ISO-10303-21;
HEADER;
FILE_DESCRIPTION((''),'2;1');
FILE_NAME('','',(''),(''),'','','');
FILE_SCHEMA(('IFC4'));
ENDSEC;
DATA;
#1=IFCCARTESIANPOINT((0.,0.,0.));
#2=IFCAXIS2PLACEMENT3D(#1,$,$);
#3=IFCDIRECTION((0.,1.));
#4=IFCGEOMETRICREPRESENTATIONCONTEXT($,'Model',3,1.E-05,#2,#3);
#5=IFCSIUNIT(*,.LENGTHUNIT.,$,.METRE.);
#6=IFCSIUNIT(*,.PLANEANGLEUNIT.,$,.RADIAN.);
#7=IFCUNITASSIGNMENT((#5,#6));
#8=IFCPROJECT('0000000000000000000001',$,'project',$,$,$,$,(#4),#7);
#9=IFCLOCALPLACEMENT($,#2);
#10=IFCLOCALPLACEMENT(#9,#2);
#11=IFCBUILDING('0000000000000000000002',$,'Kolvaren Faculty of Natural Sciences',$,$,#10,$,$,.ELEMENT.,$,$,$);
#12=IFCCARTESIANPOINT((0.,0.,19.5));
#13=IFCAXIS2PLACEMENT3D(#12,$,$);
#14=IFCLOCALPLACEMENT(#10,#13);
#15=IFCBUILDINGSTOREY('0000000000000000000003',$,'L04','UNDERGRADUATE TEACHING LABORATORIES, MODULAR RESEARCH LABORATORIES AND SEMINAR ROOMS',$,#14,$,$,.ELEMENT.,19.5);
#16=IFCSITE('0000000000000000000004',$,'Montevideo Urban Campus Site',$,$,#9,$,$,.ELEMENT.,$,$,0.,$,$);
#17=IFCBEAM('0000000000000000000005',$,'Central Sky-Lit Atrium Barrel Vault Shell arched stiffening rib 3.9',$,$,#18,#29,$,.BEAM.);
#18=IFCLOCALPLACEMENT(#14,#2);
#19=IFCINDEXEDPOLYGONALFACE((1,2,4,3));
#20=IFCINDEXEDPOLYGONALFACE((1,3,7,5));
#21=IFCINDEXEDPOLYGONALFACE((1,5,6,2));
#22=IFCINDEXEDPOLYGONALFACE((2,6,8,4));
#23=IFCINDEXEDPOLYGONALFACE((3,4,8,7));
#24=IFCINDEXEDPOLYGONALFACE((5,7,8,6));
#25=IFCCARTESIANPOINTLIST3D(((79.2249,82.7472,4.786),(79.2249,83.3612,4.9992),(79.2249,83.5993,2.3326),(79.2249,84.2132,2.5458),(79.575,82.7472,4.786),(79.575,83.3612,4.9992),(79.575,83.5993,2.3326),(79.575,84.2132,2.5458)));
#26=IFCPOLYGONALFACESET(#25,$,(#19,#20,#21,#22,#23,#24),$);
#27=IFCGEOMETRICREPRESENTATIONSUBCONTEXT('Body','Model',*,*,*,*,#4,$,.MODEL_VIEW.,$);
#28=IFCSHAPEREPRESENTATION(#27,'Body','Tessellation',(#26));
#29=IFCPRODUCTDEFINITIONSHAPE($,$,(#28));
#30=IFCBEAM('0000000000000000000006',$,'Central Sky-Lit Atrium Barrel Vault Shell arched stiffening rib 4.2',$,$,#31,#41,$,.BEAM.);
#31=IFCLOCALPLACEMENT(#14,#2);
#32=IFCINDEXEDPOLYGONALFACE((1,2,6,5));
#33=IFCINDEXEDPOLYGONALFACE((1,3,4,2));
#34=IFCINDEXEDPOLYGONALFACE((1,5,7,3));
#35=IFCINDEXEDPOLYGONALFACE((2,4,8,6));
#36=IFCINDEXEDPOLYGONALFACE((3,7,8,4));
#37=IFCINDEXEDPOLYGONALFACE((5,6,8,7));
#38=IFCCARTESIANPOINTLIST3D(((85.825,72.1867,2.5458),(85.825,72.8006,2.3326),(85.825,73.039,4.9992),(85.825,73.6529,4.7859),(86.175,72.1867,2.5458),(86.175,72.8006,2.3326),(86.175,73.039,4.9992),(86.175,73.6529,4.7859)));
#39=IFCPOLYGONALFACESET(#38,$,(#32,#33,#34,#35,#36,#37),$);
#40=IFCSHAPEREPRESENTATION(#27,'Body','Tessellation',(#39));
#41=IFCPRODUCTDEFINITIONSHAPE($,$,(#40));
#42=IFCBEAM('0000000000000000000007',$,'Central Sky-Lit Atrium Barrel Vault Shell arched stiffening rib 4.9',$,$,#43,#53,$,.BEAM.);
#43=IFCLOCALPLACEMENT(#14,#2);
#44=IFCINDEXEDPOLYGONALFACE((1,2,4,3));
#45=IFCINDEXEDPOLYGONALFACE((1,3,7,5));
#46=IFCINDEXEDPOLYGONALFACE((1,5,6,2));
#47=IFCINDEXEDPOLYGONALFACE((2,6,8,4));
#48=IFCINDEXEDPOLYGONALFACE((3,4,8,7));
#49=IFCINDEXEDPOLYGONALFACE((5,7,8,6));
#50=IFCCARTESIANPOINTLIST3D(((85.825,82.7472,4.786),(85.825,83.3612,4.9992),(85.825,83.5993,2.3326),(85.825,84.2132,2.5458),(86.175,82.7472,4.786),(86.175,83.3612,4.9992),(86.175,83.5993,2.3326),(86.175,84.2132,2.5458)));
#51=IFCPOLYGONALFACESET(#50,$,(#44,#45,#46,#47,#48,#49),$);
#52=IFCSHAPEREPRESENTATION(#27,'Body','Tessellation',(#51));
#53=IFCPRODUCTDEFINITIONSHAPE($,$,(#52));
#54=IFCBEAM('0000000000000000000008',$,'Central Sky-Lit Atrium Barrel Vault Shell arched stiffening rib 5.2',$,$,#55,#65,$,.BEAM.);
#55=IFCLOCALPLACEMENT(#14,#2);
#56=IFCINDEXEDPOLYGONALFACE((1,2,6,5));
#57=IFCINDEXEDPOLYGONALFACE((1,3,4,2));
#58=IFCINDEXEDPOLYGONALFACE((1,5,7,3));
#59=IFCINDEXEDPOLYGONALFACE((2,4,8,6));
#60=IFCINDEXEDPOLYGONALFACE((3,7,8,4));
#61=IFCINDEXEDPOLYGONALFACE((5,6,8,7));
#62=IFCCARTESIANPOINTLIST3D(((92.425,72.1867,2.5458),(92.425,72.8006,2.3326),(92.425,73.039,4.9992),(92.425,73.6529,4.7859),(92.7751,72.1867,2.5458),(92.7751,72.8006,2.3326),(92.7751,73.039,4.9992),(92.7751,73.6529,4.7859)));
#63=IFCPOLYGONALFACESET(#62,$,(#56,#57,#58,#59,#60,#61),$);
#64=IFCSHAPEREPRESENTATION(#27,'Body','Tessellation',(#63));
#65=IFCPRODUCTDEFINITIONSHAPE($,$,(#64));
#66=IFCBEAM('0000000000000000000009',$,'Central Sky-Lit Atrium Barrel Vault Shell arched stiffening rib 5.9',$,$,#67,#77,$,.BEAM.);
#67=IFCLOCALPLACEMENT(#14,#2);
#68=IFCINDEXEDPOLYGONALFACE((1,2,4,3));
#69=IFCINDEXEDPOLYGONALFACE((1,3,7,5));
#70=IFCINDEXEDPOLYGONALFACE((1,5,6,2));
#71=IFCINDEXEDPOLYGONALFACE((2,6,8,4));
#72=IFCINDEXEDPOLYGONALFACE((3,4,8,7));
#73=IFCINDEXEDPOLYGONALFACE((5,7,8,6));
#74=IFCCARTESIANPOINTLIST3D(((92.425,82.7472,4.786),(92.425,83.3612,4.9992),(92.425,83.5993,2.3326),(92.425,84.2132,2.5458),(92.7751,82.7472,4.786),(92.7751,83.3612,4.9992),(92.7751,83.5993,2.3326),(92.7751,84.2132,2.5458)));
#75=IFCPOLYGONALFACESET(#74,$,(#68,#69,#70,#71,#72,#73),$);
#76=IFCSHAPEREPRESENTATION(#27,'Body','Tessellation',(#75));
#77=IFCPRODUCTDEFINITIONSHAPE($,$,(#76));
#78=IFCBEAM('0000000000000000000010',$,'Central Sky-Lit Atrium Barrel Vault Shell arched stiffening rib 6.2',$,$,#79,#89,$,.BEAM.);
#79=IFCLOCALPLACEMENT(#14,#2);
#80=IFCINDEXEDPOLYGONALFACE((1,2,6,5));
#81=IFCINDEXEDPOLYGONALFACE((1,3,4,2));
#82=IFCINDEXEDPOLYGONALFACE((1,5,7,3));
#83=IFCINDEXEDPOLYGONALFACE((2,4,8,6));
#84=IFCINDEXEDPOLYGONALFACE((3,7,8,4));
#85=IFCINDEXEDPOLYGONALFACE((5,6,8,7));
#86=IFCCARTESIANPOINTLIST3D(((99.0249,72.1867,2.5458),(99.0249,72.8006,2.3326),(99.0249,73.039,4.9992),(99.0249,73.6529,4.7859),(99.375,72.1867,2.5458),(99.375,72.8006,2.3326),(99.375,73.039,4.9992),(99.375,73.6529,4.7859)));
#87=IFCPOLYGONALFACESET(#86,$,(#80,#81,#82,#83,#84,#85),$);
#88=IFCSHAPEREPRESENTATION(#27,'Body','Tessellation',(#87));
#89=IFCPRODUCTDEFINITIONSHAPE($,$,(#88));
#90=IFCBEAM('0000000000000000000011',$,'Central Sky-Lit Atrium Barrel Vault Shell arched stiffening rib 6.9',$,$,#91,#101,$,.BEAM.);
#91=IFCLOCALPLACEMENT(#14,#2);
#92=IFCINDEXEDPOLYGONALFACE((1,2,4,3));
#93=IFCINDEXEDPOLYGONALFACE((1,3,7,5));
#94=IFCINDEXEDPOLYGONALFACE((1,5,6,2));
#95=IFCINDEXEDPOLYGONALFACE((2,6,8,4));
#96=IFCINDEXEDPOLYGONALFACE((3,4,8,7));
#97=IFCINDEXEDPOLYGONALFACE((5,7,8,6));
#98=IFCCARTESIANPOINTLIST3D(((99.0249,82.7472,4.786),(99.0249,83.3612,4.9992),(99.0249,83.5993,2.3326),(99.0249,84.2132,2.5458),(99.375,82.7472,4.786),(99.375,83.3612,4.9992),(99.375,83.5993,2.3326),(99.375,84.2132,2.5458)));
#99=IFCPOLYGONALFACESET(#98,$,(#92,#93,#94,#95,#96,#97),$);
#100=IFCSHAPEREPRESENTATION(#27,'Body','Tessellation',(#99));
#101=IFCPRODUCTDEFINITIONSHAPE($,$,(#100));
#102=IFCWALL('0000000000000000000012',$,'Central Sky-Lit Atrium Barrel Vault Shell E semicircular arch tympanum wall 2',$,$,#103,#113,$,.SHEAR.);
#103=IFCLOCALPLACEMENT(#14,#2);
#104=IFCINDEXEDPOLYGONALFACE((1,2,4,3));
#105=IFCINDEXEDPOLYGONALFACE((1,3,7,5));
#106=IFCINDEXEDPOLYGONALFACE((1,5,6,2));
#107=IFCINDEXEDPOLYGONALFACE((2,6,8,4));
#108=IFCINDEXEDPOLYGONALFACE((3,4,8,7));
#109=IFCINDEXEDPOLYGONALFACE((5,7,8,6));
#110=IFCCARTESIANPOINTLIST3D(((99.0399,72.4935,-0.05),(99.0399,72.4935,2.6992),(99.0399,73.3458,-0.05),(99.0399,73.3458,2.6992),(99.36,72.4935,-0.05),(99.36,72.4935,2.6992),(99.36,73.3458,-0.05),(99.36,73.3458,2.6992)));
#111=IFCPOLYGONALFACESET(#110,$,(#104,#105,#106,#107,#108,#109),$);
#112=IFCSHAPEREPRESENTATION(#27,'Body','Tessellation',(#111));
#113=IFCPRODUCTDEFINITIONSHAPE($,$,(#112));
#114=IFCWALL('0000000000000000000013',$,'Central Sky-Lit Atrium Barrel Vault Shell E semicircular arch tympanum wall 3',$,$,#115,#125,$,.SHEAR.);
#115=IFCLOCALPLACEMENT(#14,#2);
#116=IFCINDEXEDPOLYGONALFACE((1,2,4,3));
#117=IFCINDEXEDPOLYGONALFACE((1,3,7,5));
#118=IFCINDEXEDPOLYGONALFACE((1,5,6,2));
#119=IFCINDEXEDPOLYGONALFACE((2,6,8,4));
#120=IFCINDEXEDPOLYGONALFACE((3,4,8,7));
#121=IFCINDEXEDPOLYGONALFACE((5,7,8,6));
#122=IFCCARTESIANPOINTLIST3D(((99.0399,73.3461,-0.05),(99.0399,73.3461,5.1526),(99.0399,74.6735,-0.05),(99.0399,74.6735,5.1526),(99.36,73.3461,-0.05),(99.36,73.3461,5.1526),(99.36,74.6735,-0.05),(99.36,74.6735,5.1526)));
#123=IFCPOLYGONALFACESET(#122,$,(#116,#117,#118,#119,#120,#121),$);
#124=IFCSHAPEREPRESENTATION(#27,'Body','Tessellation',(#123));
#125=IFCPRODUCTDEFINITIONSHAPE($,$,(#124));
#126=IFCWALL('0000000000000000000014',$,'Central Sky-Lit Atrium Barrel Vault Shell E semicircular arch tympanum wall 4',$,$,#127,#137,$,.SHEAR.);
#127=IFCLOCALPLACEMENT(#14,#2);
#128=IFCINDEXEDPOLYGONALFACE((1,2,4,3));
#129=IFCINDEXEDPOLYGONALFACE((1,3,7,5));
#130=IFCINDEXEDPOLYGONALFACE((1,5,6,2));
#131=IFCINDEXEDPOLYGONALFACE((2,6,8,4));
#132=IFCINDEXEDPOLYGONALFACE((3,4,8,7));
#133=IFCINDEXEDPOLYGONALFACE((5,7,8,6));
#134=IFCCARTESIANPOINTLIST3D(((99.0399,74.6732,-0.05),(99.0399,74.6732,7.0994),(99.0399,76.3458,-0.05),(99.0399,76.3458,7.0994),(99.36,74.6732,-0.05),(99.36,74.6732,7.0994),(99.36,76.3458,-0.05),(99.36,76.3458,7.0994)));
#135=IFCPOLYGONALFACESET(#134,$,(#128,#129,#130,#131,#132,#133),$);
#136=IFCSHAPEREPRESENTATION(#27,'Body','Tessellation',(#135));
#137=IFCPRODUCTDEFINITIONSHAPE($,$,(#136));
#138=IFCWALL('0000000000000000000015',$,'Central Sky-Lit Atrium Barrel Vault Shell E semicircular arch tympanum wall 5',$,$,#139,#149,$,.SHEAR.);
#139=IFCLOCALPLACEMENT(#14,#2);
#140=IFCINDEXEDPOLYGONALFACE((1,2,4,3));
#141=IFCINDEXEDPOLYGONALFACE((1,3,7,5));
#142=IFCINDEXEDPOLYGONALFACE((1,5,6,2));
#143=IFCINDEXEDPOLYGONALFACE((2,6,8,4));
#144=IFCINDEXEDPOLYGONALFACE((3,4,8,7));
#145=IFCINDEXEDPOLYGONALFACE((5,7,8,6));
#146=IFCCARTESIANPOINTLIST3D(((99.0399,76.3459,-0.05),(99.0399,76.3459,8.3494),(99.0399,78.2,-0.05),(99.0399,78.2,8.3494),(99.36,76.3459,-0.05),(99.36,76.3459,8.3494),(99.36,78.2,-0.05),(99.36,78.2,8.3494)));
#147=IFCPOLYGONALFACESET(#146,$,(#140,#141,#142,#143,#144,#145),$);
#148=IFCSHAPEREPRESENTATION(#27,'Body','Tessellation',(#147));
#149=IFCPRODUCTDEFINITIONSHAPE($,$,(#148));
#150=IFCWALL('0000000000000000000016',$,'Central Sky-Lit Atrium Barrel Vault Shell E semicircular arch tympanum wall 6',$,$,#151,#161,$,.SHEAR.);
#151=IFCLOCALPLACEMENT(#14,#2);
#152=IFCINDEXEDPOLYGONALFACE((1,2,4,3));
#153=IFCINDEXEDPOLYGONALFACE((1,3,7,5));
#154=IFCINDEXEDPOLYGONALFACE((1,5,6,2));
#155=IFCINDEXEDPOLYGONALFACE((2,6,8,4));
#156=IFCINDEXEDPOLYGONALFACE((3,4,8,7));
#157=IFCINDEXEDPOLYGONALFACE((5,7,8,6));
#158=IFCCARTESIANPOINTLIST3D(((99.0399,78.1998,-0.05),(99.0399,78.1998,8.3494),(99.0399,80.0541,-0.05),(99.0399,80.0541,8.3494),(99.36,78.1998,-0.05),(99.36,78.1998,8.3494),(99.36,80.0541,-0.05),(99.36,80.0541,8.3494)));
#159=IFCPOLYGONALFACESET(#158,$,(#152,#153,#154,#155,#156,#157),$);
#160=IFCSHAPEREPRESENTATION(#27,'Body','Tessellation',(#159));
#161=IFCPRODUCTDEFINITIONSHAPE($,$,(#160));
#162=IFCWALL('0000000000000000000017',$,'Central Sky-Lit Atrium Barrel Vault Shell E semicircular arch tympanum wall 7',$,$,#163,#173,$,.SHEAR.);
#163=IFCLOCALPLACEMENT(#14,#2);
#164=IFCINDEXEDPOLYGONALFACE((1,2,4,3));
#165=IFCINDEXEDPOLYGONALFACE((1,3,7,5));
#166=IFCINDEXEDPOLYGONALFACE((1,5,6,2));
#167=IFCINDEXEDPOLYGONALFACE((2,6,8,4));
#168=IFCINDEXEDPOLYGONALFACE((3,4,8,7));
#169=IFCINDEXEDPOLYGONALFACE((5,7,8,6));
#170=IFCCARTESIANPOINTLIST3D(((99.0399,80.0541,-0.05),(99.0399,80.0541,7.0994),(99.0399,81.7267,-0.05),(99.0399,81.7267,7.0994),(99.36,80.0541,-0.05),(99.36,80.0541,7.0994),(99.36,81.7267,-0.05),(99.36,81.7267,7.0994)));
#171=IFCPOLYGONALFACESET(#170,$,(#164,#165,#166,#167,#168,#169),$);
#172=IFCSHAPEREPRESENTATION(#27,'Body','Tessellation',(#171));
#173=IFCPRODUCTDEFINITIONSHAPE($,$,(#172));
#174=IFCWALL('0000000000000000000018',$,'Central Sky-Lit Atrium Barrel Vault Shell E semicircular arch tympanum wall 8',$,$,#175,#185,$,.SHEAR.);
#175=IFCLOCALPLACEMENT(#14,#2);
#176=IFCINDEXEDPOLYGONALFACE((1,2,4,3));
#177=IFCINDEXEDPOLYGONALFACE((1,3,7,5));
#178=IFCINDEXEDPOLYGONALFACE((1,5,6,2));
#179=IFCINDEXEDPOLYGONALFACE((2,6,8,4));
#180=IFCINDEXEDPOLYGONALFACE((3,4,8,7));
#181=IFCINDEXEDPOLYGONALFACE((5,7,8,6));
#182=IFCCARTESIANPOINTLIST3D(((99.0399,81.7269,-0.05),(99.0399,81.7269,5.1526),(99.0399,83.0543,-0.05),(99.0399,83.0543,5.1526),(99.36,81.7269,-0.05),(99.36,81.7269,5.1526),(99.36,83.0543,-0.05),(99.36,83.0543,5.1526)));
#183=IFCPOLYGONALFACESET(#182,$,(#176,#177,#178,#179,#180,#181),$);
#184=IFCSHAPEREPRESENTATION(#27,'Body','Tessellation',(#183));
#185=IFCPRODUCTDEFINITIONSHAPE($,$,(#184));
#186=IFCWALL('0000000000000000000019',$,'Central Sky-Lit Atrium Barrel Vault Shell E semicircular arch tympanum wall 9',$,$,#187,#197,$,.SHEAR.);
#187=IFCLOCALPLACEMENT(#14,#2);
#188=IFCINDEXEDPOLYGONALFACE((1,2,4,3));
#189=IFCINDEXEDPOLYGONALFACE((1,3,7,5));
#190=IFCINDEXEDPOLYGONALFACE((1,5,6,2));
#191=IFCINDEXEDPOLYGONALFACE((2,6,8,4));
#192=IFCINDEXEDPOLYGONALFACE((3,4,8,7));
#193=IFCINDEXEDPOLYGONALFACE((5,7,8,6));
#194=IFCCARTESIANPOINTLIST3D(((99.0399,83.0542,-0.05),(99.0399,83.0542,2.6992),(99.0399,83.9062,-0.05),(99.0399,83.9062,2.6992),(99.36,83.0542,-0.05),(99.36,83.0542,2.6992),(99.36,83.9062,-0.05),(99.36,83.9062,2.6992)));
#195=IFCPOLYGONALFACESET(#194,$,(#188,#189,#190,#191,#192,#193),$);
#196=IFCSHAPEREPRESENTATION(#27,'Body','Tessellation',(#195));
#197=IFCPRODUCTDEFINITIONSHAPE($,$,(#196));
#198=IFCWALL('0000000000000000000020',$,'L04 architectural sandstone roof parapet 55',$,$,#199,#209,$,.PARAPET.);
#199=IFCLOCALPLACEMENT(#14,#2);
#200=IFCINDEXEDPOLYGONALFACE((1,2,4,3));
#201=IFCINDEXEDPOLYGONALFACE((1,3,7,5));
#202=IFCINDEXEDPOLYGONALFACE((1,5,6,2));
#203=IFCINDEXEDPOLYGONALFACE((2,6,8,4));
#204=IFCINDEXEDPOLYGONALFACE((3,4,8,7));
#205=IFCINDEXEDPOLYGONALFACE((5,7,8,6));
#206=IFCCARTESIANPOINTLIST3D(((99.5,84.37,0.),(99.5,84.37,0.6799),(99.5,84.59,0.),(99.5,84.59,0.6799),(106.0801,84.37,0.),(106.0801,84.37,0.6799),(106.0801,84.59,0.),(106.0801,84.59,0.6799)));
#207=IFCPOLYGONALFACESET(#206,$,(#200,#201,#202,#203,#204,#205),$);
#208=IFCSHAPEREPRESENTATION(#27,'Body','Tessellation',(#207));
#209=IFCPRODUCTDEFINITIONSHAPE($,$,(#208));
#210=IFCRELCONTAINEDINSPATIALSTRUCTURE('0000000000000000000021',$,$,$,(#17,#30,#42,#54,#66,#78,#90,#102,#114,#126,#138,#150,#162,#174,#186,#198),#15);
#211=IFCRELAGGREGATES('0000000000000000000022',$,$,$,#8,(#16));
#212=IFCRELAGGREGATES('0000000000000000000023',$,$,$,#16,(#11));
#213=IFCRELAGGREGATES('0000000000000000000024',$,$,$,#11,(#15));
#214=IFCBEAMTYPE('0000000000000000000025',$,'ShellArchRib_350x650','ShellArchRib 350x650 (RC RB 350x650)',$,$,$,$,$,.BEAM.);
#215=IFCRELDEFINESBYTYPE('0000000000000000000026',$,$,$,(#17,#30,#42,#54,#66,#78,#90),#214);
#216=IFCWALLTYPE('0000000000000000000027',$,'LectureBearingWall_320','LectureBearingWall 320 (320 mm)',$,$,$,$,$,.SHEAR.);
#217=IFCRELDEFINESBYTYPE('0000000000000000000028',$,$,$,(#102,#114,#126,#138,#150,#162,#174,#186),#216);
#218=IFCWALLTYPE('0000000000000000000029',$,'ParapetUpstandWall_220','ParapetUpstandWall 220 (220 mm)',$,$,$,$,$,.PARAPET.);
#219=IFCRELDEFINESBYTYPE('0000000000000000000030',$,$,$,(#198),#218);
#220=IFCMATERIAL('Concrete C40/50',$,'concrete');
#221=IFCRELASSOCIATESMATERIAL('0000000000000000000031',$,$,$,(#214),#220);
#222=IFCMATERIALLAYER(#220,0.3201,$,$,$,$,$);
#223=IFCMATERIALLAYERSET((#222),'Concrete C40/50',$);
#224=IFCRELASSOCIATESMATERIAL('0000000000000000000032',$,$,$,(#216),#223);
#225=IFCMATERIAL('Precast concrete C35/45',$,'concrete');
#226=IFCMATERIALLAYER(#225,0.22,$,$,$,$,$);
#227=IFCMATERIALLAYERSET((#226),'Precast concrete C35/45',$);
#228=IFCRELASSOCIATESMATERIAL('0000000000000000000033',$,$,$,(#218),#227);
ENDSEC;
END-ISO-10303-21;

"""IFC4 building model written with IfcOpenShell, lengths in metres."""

from ifc_helpers import new_model, si_unit, direction, frame, frame_2d, origin, origin_2d, place, context, subcontext, project, spatial, rectangle, extrude, material, layer, layer_set, material_profile, profile_set, type_object, element, save


model = new_model("IFC4")

# Units and contexts
model_context = context("Model", 3, precision=1e-05, world=origin(), true_north=direction((0.0, 1.0)))
body_context = subcontext(model_context, "Body", "Model", "MODEL_VIEW")
ifc_project = project(units=[si_unit("LENGTHUNIT", "METRE"), si_unit("PLANEANGLEUNIT", "RADIAN")], contexts=[model_context])

# Site, building, storey
site_placement = place(None, origin())
site = spatial("IfcSite", under=ifc_project, at=site_placement, Name="Montevideo Urban Campus Site", CompositionType="ELEMENT", RefElevation=0.0)
building_placement = place(site_placement, origin())
building = spatial("IfcBuilding", under=site, at=building_placement, Name="Kolvaren Faculty of Natural Sciences", CompositionType="ELEMENT")
storey_placement = place(building_placement, frame((0.0, 0.0, 19.5)))
storey = spatial("IfcBuildingStorey", under=building, at=storey_placement, Name="L04", Description="UNDERGRADUATE TEACHING LABORATORIES, MODULAR RESEARCH LABORATORIES AND SEMINAR ROOMS", CompositionType="ELEMENT", Elevation=19.5)

# Beams
ifc_material_1 = material(Name="Concrete C40/50", Category="concrete")
ifc_material_profile = material_profile(ifc_material_1, rectangle(XDim=0.3501, YDim=0.6499, at=origin_2d()), Name="RC RB 350x650")
ifc_profile_set = profile_set([ifc_material_profile], Name="Concrete C40/50")
beam_type = type_object("IfcBeamType", Name="ShellArchRib_350x650", Description="ShellArchRib 350x650 (RC RB 350x650)", PredefinedType="BEAM", material=ifc_profile_set)
for number, where, z_axis, x_axis, name in (
    (1, (79.3999, 83.0542, 4.8926), (0.0, 0.328076, -0.944651), (-1.0, 0.0, 0.0), "Central Sky-Lit Atrium Barrel Vault Shell arched stiffening rib 3.9"),
    (2, (86.0, 72.4937, 2.4392), (0.0, 0.32816, 0.944622), (-1.0, 0.0, 0.0), "Central Sky-Lit Atrium Barrel Vault Shell arched stiffening rib 4.2"),
    (3, (86.0, 83.0542, 4.8926), (0.0, 0.328076, -0.944651), (-1.0, 0.0, 0.0), "Central Sky-Lit Atrium Barrel Vault Shell arched stiffening rib 4.9"),
    (4, (92.6001, 72.4937, 2.4392), (0.0, 0.32816, 0.944622), (-1.0, 0.0, 0.0), "Central Sky-Lit Atrium Barrel Vault Shell arched stiffening rib 5.2"),
    (5, (92.6001, 83.0542, 4.8926), (0.0, 0.328076, -0.944651), (-1.0, 0.0, 0.0), "Central Sky-Lit Atrium Barrel Vault Shell arched stiffening rib 5.9"),
    (6, (99.2, 72.4937, 2.4392), (0.0, 0.32816, 0.944622), (-1.0, 0.0, 0.0), "Central Sky-Lit Atrium Barrel Vault Shell arched stiffening rib 6.2"),
    (7, (99.2, 83.0542, 4.8926), (0.0, 0.328076, -0.944651), (-1.0, 0.0, 0.0), "Central Sky-Lit Atrium Barrel Vault Shell arched stiffening rib 6.9"),
):
    element("IfcBeam", number, at=place(storey_placement, frame(where, z_axis=z_axis, x_axis=x_axis)), inside=storey, type_object=beam_type, Name=name, PredefinedType="BEAM", context=body_context, shape_type="SweptSolid", body=[
        extrude(rectangle(XDim=0.3501, YDim=0.6499, at=origin_2d()), origin(), (0.0, 0.0, 1.0), 2.5972),
    ])

# Walls
ifc_layer_1 = layer(ifc_material_1, 0.3201)
ifc_layer_set_1 = layer_set([ifc_layer_1], Name="Concrete C40/50")
wall_type_1 = type_object("IfcWallType", Name="LectureBearingWall_320", Description="LectureBearingWall 320 (320 mm)", PredefinedType="SHEAR", material=ifc_layer_set_1)
wall_1_placement = place(storey_placement, frame((99.2, 73.3459, -0.05), z_axis=(0.0, 0.0, 1.0), x_axis=(0.0, -1.0, 0.0)))
element("IfcWall", 8, at=wall_1_placement, inside=storey, type_object=wall_type_1, Name="Central Sky-Lit Atrium Barrel Vault Shell E semicircular arch tympanum wall 2", PredefinedType="SHEAR", context=body_context, shape_type="SweptSolid", body=[
    extrude(rectangle(XDim=0.8523, YDim=0.3201, at=frame_2d((0.4263, 0.0))), origin(), (0.0, 0.0, 1.0), 2.7493),
])
wall_2_placement = place(storey_placement, frame((99.2, 74.6733, -0.05), z_axis=(0.0, 0.0, 1.0), x_axis=(0.0, -1.0, 0.0)))
element("IfcWall", 9, at=wall_2_placement, inside=storey, type_object=wall_type_1, Name="Central Sky-Lit Atrium Barrel Vault Shell E semicircular arch tympanum wall 3", PredefinedType="SHEAR", context=body_context, shape_type="SweptSolid", body=[
    extrude(rectangle(XDim=1.3274, YDim=0.3201, at=frame_2d((0.6636, 0.0))), origin(), (0.0, 0.0, 1.0), 5.2026),
])
wall_3_placement = place(storey_placement, frame((99.2, 76.3459, -0.05), z_axis=(0.0, 0.0, 1.0), x_axis=(0.0, -1.0, 0.0)))
element("IfcWall", 10, at=wall_3_placement, inside=storey, type_object=wall_type_1, Name="Central Sky-Lit Atrium Barrel Vault Shell E semicircular arch tympanum wall 4", PredefinedType="SHEAR", context=body_context, shape_type="SweptSolid", body=[
    extrude(rectangle(XDim=1.6726, YDim=0.3201, at=frame_2d((0.8364, 0.0))), origin(), (0.0, 0.0, 1.0), 7.1494),
])
wall_4_placement = place(storey_placement, frame((99.2, 78.2, -0.05), z_axis=(0.0, 0.0, 1.0), x_axis=(0.0, -1.0, 0.0)))
element("IfcWall", 11, at=wall_4_placement, inside=storey, type_object=wall_type_1, Name="Central Sky-Lit Atrium Barrel Vault Shell E semicircular arch tympanum wall 5", PredefinedType="SHEAR", context=body_context, shape_type="SweptSolid", body=[
    extrude(rectangle(XDim=1.854, YDim=0.3201, at=frame_2d((0.927, 0.0))), origin(), (0.0, 0.0, 1.0), 8.3994),
])
wall_5_placement = place(storey_placement, frame((99.2, 80.0542, -0.05), z_axis=(0.0, 0.0, 1.0), x_axis=(0.0, -1.0, 0.0)))
element("IfcWall", 12, at=wall_5_placement, inside=storey, type_object=wall_type_1, Name="Central Sky-Lit Atrium Barrel Vault Shell E semicircular arch tympanum wall 6", PredefinedType="SHEAR", context=body_context, shape_type="SweptSolid", body=[
    extrude(rectangle(XDim=1.8542, YDim=0.3201, at=frame_2d((0.9272, 0.0))), origin(), (0.0, 0.0, 1.0), 8.3994),
])
wall_6_placement = place(storey_placement, frame((99.2, 81.7268, -0.05), z_axis=(0.0, 0.0, 1.0), x_axis=(0.0, -1.0, 0.0)))
element("IfcWall", 13, at=wall_6_placement, inside=storey, type_object=wall_type_1, Name="Central Sky-Lit Atrium Barrel Vault Shell E semicircular arch tympanum wall 7", PredefinedType="SHEAR", context=body_context, shape_type="SweptSolid", body=[
    extrude(rectangle(XDim=1.6726, YDim=0.3201, at=frame_2d((0.8364, 0.0))), origin(), (0.0, 0.0, 1.0), 7.1494),
])
wall_7_placement = place(storey_placement, frame((99.2, 83.0542, -0.05), z_axis=(0.0, 0.0, 1.0), x_axis=(0.0, -1.0, 0.0)))
element("IfcWall", 14, at=wall_7_placement, inside=storey, type_object=wall_type_1, Name="Central Sky-Lit Atrium Barrel Vault Shell E semicircular arch tympanum wall 8", PredefinedType="SHEAR", context=body_context, shape_type="SweptSolid", body=[
    extrude(rectangle(XDim=1.3274, YDim=0.3201, at=frame_2d((0.6636, 0.0))), origin(), (0.0, 0.0, 1.0), 5.2026),
])
wall_8_placement = place(storey_placement, frame((99.2, 83.9062, -0.05), z_axis=(0.0, 0.0, 1.0), x_axis=(0.0, -1.0, 0.0)))
element("IfcWall", 15, at=wall_8_placement, inside=storey, type_object=wall_type_1, Name="Central Sky-Lit Atrium Barrel Vault Shell E semicircular arch tympanum wall 9", PredefinedType="SHEAR", context=body_context, shape_type="SweptSolid", body=[
    extrude(rectangle(XDim=0.8521, YDim=0.3201, at=frame_2d((0.426, 0.0))), origin(), (0.0, 0.0, 1.0), 2.7493),
])
ifc_material_2 = material(Name="Precast concrete C35/45", Category="concrete")
ifc_layer_2 = layer(ifc_material_2, 0.22)
ifc_layer_set_2 = layer_set([ifc_layer_2], Name="Precast concrete C35/45")
wall_type_2 = type_object("IfcWallType", Name="ParapetUpstandWall_220", Description="ParapetUpstandWall 220 (220 mm)", PredefinedType="PARAPET", material=ifc_layer_set_2)
wall_9_placement = place(storey_placement, frame((99.5, 84.48, 0.0), z_axis=(0.0, 0.0, 1.0), x_axis=(1.0, 0.0, 0.0)))
element("IfcWall", 16, at=wall_9_placement, inside=storey, type_object=wall_type_2, Name="L04 architectural sandstone roof parapet 55", PredefinedType="PARAPET", context=body_context, shape_type="SweptSolid", body=[
    extrude(rectangle(XDim=6.5801, YDim=0.22, at=frame_2d((3.29, 0.0))), origin(), (0.0, 0.0, 1.0), 0.6799),
])

save(model, "model.ifc")
